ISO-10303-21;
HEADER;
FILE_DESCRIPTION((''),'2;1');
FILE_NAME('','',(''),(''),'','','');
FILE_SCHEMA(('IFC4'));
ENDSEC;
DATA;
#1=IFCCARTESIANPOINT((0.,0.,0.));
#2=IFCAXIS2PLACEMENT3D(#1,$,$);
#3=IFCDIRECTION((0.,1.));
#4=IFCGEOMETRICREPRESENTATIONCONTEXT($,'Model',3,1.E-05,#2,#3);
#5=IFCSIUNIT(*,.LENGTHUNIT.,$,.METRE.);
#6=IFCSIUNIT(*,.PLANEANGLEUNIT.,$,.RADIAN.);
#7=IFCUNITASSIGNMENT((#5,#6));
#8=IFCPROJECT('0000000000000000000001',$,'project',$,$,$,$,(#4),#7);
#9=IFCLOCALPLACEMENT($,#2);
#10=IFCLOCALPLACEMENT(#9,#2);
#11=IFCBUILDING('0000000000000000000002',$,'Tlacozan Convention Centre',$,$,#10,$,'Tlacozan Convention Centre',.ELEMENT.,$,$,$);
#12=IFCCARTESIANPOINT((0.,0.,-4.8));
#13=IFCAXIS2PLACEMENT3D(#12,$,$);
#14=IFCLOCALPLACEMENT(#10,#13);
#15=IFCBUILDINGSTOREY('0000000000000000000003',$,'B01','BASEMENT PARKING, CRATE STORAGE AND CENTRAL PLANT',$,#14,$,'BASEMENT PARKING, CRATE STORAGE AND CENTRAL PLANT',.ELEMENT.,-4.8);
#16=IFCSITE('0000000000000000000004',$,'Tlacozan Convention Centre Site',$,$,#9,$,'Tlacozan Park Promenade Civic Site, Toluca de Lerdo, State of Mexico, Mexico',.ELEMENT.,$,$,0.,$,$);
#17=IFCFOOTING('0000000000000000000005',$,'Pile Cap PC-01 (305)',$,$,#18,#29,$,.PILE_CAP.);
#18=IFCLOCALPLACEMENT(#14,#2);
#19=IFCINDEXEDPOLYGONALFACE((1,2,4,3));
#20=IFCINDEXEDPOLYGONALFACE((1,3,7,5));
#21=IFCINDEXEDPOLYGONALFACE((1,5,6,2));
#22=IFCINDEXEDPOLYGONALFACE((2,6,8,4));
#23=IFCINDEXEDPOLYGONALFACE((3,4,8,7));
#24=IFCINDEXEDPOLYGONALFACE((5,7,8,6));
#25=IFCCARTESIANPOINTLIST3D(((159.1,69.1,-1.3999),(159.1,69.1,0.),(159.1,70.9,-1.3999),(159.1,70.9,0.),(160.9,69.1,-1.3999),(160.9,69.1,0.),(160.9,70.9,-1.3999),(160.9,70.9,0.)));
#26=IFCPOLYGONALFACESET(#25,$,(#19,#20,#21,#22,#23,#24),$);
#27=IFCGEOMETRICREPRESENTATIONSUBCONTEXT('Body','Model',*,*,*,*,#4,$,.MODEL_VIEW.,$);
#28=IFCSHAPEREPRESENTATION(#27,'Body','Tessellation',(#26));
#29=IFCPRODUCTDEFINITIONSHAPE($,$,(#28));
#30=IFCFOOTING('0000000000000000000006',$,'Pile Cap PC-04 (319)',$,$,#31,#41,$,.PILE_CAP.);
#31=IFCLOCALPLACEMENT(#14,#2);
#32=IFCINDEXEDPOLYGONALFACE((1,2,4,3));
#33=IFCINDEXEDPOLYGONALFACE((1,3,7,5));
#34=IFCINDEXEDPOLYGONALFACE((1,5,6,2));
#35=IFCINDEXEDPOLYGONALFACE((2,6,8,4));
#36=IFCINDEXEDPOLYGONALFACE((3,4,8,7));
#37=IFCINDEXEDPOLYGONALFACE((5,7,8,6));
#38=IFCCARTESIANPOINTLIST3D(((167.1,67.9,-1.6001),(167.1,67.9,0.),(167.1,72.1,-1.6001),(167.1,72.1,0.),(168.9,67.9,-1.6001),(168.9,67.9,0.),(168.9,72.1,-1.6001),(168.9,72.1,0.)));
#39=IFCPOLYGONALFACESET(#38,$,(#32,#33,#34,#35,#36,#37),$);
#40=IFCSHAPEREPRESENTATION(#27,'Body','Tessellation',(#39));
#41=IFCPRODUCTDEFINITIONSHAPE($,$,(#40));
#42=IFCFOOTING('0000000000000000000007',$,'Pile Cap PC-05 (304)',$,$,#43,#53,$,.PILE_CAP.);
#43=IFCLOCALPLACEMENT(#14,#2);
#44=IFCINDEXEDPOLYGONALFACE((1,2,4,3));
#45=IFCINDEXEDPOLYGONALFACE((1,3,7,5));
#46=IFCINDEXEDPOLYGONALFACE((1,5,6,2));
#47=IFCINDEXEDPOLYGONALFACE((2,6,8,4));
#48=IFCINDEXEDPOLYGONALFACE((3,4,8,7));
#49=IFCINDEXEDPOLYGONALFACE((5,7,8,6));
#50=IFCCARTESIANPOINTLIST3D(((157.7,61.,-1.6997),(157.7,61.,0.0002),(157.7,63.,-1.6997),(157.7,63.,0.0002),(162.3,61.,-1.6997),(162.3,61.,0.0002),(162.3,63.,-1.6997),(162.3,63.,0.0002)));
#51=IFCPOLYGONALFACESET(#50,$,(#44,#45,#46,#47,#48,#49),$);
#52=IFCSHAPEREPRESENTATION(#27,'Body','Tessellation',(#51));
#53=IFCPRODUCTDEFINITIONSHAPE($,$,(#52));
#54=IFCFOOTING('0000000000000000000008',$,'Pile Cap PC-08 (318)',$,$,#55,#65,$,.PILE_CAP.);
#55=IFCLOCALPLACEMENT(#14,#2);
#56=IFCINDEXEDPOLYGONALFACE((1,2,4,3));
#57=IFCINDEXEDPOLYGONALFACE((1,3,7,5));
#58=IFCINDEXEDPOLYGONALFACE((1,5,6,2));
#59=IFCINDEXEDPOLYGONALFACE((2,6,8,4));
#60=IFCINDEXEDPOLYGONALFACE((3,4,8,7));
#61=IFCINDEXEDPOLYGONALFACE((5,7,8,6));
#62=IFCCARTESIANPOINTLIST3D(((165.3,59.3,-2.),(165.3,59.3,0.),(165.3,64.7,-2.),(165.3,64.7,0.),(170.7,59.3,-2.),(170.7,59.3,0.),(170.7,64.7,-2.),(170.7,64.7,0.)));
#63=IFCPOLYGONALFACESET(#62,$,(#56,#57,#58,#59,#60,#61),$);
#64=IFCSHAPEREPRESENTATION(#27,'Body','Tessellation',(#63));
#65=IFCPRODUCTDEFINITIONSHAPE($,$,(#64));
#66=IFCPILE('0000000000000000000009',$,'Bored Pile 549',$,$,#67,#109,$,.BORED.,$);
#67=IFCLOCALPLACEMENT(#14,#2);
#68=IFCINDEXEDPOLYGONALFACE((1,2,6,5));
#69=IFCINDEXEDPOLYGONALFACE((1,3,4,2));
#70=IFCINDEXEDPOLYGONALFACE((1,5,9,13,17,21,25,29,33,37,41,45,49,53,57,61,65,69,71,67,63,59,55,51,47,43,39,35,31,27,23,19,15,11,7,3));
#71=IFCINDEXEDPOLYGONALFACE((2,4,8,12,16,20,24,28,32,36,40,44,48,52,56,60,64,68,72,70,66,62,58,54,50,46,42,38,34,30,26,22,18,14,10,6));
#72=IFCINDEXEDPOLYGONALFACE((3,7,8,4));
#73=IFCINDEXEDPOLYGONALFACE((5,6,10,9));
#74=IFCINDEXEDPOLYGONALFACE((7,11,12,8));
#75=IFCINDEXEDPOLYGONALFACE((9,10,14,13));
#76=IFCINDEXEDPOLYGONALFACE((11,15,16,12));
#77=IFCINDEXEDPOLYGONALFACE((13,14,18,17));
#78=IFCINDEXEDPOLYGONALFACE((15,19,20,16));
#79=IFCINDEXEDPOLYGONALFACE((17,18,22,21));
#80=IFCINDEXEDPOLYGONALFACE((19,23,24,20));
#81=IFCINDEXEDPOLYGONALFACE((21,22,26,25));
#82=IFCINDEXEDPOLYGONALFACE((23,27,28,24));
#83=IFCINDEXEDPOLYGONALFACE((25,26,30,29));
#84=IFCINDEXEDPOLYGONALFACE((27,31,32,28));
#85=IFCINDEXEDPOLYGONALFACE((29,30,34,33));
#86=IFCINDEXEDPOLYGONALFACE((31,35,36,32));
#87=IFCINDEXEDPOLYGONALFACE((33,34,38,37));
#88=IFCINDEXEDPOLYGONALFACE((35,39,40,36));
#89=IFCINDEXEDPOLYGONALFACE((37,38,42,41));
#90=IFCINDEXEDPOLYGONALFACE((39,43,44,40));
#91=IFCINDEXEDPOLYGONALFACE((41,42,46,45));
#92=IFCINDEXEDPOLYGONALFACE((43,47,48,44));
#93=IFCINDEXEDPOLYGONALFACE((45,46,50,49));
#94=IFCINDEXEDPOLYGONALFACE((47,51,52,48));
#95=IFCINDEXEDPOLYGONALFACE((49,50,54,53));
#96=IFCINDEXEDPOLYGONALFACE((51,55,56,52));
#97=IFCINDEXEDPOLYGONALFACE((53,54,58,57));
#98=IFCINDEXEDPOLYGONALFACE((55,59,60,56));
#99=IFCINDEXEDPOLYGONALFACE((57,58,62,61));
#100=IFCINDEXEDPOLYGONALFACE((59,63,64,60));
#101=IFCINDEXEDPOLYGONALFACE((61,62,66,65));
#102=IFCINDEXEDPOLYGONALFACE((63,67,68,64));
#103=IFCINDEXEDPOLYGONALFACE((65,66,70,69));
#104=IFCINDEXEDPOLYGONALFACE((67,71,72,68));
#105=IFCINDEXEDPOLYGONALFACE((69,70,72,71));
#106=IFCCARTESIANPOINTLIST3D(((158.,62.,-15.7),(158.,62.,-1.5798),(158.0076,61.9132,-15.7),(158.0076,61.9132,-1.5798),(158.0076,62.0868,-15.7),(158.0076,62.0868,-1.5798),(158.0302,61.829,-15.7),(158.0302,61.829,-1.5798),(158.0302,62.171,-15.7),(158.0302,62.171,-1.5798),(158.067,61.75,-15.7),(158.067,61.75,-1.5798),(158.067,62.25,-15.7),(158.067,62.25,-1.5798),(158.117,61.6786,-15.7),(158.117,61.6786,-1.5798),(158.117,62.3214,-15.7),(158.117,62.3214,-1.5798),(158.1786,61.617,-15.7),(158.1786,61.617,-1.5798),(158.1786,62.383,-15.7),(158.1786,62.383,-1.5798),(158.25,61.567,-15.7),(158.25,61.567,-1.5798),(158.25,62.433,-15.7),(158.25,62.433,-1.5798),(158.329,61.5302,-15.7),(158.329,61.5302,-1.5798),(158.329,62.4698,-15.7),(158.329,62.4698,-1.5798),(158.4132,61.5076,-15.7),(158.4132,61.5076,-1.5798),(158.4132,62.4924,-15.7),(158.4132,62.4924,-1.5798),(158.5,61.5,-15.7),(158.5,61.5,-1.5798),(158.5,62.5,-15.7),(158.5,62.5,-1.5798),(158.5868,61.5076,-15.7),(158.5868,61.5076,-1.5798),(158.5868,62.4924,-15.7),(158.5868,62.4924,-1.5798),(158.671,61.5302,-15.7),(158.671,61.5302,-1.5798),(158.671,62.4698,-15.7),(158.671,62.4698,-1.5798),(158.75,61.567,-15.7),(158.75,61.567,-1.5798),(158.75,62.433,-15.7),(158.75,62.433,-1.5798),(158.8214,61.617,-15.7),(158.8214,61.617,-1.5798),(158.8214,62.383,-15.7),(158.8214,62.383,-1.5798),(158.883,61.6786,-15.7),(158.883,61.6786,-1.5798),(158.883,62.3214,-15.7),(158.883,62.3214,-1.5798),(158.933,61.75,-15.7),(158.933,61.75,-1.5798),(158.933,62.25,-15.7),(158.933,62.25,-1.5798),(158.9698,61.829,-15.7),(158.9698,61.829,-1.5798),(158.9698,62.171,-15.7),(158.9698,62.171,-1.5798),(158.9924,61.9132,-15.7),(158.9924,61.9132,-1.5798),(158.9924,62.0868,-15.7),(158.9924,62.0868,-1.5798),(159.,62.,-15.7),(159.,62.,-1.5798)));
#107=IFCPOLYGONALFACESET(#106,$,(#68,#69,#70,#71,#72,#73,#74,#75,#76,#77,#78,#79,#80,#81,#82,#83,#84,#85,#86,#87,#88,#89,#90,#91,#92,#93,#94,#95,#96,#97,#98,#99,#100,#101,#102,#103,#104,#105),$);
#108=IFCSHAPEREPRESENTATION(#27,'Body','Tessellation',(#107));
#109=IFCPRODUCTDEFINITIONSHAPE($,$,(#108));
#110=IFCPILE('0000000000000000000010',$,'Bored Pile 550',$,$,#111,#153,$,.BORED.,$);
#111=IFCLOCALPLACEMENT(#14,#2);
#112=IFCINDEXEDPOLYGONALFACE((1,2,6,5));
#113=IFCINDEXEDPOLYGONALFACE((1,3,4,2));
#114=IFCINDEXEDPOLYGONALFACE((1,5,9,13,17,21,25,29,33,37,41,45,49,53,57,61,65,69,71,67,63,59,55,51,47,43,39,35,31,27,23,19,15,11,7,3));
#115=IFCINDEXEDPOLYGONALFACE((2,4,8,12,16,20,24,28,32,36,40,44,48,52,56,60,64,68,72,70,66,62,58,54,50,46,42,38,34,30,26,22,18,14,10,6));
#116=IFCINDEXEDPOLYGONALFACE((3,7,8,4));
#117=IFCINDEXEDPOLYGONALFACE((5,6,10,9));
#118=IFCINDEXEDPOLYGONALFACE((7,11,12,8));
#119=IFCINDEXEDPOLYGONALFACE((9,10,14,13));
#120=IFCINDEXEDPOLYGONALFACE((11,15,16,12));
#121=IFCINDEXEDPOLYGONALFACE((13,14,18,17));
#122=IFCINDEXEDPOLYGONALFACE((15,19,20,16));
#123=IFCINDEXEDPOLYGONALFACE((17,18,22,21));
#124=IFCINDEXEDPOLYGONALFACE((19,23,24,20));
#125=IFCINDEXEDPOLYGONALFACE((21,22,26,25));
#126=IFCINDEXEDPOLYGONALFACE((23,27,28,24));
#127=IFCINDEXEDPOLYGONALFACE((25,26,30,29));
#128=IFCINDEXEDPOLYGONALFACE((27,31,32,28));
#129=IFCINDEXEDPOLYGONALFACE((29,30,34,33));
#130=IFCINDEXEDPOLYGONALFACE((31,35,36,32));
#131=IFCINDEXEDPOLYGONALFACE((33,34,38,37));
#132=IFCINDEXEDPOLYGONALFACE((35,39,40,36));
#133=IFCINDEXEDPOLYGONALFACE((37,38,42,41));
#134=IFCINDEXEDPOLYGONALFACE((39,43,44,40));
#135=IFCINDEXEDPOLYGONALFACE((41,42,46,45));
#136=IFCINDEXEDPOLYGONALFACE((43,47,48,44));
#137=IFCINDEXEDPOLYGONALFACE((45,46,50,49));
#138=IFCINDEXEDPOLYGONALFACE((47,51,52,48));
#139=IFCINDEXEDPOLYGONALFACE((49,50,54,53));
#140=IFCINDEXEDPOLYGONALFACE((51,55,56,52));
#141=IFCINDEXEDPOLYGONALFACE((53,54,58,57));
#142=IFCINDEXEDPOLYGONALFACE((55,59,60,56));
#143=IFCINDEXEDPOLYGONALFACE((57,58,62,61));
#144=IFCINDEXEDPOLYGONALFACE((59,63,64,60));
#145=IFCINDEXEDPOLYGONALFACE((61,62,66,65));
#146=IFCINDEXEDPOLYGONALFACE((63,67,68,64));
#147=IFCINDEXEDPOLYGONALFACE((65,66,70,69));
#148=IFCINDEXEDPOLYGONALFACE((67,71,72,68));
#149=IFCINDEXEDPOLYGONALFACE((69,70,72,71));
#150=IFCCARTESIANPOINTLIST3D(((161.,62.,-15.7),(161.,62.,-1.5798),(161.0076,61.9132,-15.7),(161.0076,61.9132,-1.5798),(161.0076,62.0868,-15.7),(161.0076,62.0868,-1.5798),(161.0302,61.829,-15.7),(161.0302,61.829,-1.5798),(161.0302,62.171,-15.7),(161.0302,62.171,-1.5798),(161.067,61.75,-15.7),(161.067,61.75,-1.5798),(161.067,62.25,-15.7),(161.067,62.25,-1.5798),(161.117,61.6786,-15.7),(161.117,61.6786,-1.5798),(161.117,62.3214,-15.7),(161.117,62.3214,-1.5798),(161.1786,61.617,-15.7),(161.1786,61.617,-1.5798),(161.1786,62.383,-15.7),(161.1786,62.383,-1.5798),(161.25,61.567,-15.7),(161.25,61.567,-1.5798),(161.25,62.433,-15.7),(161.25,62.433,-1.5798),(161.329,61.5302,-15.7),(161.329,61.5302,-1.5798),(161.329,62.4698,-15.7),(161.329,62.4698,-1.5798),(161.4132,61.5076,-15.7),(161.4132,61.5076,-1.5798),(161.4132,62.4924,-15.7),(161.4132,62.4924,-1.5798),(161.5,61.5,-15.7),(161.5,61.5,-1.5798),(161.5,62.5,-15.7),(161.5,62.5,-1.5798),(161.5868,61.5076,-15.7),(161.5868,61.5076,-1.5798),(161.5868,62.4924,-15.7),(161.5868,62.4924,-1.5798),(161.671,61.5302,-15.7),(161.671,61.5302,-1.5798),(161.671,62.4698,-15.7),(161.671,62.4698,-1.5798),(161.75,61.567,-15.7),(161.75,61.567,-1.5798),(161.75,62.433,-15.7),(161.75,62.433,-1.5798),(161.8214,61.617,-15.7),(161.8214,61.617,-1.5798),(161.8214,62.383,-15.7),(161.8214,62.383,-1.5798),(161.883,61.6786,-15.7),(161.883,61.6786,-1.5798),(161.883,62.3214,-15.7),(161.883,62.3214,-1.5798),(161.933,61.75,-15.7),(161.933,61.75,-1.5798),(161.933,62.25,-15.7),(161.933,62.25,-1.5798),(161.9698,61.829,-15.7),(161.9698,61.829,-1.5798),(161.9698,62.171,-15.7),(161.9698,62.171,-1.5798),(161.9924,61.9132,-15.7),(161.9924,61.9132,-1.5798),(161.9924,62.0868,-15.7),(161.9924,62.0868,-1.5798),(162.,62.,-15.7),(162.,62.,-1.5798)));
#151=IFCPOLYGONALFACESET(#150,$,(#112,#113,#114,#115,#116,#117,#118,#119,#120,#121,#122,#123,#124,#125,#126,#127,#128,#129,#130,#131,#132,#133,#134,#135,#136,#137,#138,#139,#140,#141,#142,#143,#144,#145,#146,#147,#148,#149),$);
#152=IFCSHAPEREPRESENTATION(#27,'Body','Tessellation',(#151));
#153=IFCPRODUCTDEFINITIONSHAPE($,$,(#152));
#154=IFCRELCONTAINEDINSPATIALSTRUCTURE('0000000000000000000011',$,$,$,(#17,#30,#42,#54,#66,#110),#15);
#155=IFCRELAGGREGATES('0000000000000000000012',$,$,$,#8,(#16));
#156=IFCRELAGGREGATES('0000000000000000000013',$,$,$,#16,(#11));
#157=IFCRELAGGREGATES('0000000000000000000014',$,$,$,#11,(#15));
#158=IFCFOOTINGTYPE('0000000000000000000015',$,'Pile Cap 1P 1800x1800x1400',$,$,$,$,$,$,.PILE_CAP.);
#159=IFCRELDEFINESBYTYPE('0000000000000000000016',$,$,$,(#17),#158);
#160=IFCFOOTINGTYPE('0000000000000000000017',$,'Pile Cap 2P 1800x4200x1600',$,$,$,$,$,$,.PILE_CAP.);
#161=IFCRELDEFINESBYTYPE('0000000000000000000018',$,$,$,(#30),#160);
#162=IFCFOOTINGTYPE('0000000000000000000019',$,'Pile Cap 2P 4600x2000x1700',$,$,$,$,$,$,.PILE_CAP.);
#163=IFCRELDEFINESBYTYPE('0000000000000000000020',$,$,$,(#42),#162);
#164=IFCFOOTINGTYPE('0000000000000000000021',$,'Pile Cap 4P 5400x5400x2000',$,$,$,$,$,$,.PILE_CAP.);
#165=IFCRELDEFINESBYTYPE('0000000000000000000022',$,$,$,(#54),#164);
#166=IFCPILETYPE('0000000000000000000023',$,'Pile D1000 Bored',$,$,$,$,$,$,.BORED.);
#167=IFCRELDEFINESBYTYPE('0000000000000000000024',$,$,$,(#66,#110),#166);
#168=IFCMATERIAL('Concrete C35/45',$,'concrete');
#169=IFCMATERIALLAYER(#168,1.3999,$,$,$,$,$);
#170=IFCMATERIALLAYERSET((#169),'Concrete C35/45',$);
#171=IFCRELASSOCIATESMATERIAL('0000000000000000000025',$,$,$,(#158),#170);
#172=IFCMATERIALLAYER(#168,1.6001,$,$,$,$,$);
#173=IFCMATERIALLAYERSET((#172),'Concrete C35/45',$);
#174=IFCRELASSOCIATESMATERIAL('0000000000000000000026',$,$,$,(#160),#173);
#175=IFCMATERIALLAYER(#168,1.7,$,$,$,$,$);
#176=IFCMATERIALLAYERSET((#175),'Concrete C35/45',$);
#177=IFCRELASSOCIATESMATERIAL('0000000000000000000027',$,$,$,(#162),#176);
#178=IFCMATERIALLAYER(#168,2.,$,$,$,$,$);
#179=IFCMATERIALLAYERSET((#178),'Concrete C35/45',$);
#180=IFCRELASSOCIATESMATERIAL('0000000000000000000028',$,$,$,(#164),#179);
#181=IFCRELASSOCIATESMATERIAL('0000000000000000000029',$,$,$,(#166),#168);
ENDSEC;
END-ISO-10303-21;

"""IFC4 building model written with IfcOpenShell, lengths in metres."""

from ifc_helpers import new_model, si_unit, direction, frame, origin, origin_2d, place, context, subcontext, project, spatial, rectangle, circle, extrude, material, layer, layer_set, material_profile, profile_set, type_object, element, save


model = new_model("IFC4")

# Units and contexts
model_context = context("Model", 3, precision=1e-05, world=origin(), true_north=direction((0.0, 1.0)))
body_context = subcontext(model_context, "Body", "Model", "MODEL_VIEW")
ifc_project = project(units=[si_unit("LENGTHUNIT", "METRE"), si_unit("PLANEANGLEUNIT", "RADIAN")], contexts=[model_context])

# Site, building, storey
site_placement = place(None, origin())
site = spatial("IfcSite", under=ifc_project, at=site_placement, Name="Tlacozan Convention Centre Site", LongName="Tlacozan Park Promenade Civic Site, Toluca de Lerdo, State of Mexico, Mexico", CompositionType="ELEMENT", RefElevation=0.0)
building_placement = place(site_placement, origin())
building = spatial("IfcBuilding", under=site, at=building_placement, Name="Tlacozan Convention Centre", LongName="Tlacozan Convention Centre", CompositionType="ELEMENT")
storey_placement = place(building_placement, frame((0.0, 0.0, -4.8)))
storey = spatial("IfcBuildingStorey", under=building, at=storey_placement, Name="B01", Description="BASEMENT PARKING, CRATE STORAGE AND CENTRAL PLANT", LongName="BASEMENT PARKING, CRATE STORAGE AND CENTRAL PLANT", CompositionType="ELEMENT", Elevation=-4.8)

# Footings
ifc_material_1 = material(Name="Concrete C35/45", Category="concrete")
ifc_layer_1 = layer(ifc_material_1, 1.3999)
ifc_layer_set_1 = layer_set([ifc_layer_1], Name="Concrete C35/45")
footing_type_1 = type_object("IfcFootingType", Name="Pile Cap 1P 1800x1800x1400", PredefinedType="PILE_CAP", material=ifc_layer_set_1)
footing_1_placement = place(storey_placement, frame((160.0, 70.0, -1.3999), z_axis=(0.0, 0.0, 1.0), x_axis=(1.0, 0.0, 0.0)))
element("IfcFooting", 1, at=footing_1_placement, inside=storey, type_object=footing_type_1, Name="Pile Cap PC-01 (305)", PredefinedType="PILE_CAP", context=body_context, shape_type="SweptSolid", body=[
    extrude(rectangle(XDim=1.8, YDim=1.8, at=origin_2d()), origin(), (0.0, 0.0, 1.0), 1.3999),
])
ifc_layer_2 = layer(ifc_material_1, 1.6001)
ifc_layer_set_2 = layer_set([ifc_layer_2], Name="Concrete C35/45")
footing_type_2 = type_object("IfcFootingType", Name="Pile Cap 2P 1800x4200x1600", PredefinedType="PILE_CAP", material=ifc_layer_set_2)
footing_2_placement = place(storey_placement, frame((168.0, 70.0, -1.6001), z_axis=(0.0, 0.0, 1.0), x_axis=(1.0, 0.0, 0.0)))
element("IfcFooting", 2, at=footing_2_placement, inside=storey, type_object=footing_type_2, Name="Pile Cap PC-04 (319)", PredefinedType="PILE_CAP", context=body_context, shape_type="SweptSolid", body=[
    extrude(rectangle(XDim=1.8, YDim=4.2, at=origin_2d()), origin(), (0.0, 0.0, 1.0), 1.6001),
])
ifc_layer_3 = layer(ifc_material_1, 1.7)
ifc_layer_set_3 = layer_set([ifc_layer_3], Name="Concrete C35/45")
footing_type_3 = type_object("IfcFootingType", Name="Pile Cap 2P 4600x2000x1700", PredefinedType="PILE_CAP", material=ifc_layer_set_3)
footing_3_placement = place(storey_placement, frame((160.0, 62.0, -1.6997), z_axis=(0.0, 0.0, 1.0), x_axis=(1.0, 0.0, 0.0)))
element("IfcFooting", 3, at=footing_3_placement, inside=storey, type_object=footing_type_3, Name="Pile Cap PC-05 (304)", PredefinedType="PILE_CAP", context=body_context, shape_type="SweptSolid", body=[
    extrude(rectangle(XDim=4.6001, YDim=2.0, at=origin_2d()), origin(), (0.0, 0.0, 1.0), 1.7),
])
ifc_layer_4 = layer(ifc_material_1, 2.0)
ifc_layer_set_4 = layer_set([ifc_layer_4], Name="Concrete C35/45")
footing_type_4 = type_object("IfcFootingType", Name="Pile Cap 4P 5400x5400x2000", PredefinedType="PILE_CAP", material=ifc_layer_set_4)
footing_4_placement = place(storey_placement, frame((168.0, 62.0, -2.0), z_axis=(0.0, 0.0, 1.0), x_axis=(1.0, 0.0, 0.0)))
element("IfcFooting", 4, at=footing_4_placement, inside=storey, type_object=footing_type_4, Name="Pile Cap PC-08 (318)", PredefinedType="PILE_CAP", context=body_context, shape_type="SweptSolid", body=[
    extrude(rectangle(XDim=5.3999, YDim=5.3999, at=origin_2d()), origin(), (0.0, 0.0, 1.0), 2.0),
])

# Piles
ifc_material_profile_1 = material_profile(ifc_material_1, circle(Radius=0.5, at=origin_2d()), Name="PILE D1000")
ifc_profile_set_1 = profile_set([ifc_material_profile_1], Name="Concrete C35/45")
pile_type_1 = type_object("IfcPileType", Name="Pile D1000 Bored", PredefinedType="BORED", material=ifc_profile_set_1)
for number, where, z_axis, x_axis, name in (
    (5, (158.5, 62.0, -1.5798), (0.0, 0.0, -1.0), (1.0, 0.0, 0.0), "Bored Pile 549"),
    (6, (161.5, 62.0, -1.5798), (0.0, 0.0, -1.0), (1.0, 0.0, 0.0), "Bored Pile 550"),
):
    element("IfcPile", number, at=place(storey_placement, frame(where, z_axis=z_axis, x_axis=x_axis)), inside=storey, type_object=pile_type_1, Name=name, PredefinedType="BORED", context=body_context, shape_type="SweptSolid", body=[
        extrude(circle(Radius=0.5, at=origin_2d()), origin(), (0.0, 0.0, 1.0), 14.1201),
    ])

save(model, "model.ifc")
